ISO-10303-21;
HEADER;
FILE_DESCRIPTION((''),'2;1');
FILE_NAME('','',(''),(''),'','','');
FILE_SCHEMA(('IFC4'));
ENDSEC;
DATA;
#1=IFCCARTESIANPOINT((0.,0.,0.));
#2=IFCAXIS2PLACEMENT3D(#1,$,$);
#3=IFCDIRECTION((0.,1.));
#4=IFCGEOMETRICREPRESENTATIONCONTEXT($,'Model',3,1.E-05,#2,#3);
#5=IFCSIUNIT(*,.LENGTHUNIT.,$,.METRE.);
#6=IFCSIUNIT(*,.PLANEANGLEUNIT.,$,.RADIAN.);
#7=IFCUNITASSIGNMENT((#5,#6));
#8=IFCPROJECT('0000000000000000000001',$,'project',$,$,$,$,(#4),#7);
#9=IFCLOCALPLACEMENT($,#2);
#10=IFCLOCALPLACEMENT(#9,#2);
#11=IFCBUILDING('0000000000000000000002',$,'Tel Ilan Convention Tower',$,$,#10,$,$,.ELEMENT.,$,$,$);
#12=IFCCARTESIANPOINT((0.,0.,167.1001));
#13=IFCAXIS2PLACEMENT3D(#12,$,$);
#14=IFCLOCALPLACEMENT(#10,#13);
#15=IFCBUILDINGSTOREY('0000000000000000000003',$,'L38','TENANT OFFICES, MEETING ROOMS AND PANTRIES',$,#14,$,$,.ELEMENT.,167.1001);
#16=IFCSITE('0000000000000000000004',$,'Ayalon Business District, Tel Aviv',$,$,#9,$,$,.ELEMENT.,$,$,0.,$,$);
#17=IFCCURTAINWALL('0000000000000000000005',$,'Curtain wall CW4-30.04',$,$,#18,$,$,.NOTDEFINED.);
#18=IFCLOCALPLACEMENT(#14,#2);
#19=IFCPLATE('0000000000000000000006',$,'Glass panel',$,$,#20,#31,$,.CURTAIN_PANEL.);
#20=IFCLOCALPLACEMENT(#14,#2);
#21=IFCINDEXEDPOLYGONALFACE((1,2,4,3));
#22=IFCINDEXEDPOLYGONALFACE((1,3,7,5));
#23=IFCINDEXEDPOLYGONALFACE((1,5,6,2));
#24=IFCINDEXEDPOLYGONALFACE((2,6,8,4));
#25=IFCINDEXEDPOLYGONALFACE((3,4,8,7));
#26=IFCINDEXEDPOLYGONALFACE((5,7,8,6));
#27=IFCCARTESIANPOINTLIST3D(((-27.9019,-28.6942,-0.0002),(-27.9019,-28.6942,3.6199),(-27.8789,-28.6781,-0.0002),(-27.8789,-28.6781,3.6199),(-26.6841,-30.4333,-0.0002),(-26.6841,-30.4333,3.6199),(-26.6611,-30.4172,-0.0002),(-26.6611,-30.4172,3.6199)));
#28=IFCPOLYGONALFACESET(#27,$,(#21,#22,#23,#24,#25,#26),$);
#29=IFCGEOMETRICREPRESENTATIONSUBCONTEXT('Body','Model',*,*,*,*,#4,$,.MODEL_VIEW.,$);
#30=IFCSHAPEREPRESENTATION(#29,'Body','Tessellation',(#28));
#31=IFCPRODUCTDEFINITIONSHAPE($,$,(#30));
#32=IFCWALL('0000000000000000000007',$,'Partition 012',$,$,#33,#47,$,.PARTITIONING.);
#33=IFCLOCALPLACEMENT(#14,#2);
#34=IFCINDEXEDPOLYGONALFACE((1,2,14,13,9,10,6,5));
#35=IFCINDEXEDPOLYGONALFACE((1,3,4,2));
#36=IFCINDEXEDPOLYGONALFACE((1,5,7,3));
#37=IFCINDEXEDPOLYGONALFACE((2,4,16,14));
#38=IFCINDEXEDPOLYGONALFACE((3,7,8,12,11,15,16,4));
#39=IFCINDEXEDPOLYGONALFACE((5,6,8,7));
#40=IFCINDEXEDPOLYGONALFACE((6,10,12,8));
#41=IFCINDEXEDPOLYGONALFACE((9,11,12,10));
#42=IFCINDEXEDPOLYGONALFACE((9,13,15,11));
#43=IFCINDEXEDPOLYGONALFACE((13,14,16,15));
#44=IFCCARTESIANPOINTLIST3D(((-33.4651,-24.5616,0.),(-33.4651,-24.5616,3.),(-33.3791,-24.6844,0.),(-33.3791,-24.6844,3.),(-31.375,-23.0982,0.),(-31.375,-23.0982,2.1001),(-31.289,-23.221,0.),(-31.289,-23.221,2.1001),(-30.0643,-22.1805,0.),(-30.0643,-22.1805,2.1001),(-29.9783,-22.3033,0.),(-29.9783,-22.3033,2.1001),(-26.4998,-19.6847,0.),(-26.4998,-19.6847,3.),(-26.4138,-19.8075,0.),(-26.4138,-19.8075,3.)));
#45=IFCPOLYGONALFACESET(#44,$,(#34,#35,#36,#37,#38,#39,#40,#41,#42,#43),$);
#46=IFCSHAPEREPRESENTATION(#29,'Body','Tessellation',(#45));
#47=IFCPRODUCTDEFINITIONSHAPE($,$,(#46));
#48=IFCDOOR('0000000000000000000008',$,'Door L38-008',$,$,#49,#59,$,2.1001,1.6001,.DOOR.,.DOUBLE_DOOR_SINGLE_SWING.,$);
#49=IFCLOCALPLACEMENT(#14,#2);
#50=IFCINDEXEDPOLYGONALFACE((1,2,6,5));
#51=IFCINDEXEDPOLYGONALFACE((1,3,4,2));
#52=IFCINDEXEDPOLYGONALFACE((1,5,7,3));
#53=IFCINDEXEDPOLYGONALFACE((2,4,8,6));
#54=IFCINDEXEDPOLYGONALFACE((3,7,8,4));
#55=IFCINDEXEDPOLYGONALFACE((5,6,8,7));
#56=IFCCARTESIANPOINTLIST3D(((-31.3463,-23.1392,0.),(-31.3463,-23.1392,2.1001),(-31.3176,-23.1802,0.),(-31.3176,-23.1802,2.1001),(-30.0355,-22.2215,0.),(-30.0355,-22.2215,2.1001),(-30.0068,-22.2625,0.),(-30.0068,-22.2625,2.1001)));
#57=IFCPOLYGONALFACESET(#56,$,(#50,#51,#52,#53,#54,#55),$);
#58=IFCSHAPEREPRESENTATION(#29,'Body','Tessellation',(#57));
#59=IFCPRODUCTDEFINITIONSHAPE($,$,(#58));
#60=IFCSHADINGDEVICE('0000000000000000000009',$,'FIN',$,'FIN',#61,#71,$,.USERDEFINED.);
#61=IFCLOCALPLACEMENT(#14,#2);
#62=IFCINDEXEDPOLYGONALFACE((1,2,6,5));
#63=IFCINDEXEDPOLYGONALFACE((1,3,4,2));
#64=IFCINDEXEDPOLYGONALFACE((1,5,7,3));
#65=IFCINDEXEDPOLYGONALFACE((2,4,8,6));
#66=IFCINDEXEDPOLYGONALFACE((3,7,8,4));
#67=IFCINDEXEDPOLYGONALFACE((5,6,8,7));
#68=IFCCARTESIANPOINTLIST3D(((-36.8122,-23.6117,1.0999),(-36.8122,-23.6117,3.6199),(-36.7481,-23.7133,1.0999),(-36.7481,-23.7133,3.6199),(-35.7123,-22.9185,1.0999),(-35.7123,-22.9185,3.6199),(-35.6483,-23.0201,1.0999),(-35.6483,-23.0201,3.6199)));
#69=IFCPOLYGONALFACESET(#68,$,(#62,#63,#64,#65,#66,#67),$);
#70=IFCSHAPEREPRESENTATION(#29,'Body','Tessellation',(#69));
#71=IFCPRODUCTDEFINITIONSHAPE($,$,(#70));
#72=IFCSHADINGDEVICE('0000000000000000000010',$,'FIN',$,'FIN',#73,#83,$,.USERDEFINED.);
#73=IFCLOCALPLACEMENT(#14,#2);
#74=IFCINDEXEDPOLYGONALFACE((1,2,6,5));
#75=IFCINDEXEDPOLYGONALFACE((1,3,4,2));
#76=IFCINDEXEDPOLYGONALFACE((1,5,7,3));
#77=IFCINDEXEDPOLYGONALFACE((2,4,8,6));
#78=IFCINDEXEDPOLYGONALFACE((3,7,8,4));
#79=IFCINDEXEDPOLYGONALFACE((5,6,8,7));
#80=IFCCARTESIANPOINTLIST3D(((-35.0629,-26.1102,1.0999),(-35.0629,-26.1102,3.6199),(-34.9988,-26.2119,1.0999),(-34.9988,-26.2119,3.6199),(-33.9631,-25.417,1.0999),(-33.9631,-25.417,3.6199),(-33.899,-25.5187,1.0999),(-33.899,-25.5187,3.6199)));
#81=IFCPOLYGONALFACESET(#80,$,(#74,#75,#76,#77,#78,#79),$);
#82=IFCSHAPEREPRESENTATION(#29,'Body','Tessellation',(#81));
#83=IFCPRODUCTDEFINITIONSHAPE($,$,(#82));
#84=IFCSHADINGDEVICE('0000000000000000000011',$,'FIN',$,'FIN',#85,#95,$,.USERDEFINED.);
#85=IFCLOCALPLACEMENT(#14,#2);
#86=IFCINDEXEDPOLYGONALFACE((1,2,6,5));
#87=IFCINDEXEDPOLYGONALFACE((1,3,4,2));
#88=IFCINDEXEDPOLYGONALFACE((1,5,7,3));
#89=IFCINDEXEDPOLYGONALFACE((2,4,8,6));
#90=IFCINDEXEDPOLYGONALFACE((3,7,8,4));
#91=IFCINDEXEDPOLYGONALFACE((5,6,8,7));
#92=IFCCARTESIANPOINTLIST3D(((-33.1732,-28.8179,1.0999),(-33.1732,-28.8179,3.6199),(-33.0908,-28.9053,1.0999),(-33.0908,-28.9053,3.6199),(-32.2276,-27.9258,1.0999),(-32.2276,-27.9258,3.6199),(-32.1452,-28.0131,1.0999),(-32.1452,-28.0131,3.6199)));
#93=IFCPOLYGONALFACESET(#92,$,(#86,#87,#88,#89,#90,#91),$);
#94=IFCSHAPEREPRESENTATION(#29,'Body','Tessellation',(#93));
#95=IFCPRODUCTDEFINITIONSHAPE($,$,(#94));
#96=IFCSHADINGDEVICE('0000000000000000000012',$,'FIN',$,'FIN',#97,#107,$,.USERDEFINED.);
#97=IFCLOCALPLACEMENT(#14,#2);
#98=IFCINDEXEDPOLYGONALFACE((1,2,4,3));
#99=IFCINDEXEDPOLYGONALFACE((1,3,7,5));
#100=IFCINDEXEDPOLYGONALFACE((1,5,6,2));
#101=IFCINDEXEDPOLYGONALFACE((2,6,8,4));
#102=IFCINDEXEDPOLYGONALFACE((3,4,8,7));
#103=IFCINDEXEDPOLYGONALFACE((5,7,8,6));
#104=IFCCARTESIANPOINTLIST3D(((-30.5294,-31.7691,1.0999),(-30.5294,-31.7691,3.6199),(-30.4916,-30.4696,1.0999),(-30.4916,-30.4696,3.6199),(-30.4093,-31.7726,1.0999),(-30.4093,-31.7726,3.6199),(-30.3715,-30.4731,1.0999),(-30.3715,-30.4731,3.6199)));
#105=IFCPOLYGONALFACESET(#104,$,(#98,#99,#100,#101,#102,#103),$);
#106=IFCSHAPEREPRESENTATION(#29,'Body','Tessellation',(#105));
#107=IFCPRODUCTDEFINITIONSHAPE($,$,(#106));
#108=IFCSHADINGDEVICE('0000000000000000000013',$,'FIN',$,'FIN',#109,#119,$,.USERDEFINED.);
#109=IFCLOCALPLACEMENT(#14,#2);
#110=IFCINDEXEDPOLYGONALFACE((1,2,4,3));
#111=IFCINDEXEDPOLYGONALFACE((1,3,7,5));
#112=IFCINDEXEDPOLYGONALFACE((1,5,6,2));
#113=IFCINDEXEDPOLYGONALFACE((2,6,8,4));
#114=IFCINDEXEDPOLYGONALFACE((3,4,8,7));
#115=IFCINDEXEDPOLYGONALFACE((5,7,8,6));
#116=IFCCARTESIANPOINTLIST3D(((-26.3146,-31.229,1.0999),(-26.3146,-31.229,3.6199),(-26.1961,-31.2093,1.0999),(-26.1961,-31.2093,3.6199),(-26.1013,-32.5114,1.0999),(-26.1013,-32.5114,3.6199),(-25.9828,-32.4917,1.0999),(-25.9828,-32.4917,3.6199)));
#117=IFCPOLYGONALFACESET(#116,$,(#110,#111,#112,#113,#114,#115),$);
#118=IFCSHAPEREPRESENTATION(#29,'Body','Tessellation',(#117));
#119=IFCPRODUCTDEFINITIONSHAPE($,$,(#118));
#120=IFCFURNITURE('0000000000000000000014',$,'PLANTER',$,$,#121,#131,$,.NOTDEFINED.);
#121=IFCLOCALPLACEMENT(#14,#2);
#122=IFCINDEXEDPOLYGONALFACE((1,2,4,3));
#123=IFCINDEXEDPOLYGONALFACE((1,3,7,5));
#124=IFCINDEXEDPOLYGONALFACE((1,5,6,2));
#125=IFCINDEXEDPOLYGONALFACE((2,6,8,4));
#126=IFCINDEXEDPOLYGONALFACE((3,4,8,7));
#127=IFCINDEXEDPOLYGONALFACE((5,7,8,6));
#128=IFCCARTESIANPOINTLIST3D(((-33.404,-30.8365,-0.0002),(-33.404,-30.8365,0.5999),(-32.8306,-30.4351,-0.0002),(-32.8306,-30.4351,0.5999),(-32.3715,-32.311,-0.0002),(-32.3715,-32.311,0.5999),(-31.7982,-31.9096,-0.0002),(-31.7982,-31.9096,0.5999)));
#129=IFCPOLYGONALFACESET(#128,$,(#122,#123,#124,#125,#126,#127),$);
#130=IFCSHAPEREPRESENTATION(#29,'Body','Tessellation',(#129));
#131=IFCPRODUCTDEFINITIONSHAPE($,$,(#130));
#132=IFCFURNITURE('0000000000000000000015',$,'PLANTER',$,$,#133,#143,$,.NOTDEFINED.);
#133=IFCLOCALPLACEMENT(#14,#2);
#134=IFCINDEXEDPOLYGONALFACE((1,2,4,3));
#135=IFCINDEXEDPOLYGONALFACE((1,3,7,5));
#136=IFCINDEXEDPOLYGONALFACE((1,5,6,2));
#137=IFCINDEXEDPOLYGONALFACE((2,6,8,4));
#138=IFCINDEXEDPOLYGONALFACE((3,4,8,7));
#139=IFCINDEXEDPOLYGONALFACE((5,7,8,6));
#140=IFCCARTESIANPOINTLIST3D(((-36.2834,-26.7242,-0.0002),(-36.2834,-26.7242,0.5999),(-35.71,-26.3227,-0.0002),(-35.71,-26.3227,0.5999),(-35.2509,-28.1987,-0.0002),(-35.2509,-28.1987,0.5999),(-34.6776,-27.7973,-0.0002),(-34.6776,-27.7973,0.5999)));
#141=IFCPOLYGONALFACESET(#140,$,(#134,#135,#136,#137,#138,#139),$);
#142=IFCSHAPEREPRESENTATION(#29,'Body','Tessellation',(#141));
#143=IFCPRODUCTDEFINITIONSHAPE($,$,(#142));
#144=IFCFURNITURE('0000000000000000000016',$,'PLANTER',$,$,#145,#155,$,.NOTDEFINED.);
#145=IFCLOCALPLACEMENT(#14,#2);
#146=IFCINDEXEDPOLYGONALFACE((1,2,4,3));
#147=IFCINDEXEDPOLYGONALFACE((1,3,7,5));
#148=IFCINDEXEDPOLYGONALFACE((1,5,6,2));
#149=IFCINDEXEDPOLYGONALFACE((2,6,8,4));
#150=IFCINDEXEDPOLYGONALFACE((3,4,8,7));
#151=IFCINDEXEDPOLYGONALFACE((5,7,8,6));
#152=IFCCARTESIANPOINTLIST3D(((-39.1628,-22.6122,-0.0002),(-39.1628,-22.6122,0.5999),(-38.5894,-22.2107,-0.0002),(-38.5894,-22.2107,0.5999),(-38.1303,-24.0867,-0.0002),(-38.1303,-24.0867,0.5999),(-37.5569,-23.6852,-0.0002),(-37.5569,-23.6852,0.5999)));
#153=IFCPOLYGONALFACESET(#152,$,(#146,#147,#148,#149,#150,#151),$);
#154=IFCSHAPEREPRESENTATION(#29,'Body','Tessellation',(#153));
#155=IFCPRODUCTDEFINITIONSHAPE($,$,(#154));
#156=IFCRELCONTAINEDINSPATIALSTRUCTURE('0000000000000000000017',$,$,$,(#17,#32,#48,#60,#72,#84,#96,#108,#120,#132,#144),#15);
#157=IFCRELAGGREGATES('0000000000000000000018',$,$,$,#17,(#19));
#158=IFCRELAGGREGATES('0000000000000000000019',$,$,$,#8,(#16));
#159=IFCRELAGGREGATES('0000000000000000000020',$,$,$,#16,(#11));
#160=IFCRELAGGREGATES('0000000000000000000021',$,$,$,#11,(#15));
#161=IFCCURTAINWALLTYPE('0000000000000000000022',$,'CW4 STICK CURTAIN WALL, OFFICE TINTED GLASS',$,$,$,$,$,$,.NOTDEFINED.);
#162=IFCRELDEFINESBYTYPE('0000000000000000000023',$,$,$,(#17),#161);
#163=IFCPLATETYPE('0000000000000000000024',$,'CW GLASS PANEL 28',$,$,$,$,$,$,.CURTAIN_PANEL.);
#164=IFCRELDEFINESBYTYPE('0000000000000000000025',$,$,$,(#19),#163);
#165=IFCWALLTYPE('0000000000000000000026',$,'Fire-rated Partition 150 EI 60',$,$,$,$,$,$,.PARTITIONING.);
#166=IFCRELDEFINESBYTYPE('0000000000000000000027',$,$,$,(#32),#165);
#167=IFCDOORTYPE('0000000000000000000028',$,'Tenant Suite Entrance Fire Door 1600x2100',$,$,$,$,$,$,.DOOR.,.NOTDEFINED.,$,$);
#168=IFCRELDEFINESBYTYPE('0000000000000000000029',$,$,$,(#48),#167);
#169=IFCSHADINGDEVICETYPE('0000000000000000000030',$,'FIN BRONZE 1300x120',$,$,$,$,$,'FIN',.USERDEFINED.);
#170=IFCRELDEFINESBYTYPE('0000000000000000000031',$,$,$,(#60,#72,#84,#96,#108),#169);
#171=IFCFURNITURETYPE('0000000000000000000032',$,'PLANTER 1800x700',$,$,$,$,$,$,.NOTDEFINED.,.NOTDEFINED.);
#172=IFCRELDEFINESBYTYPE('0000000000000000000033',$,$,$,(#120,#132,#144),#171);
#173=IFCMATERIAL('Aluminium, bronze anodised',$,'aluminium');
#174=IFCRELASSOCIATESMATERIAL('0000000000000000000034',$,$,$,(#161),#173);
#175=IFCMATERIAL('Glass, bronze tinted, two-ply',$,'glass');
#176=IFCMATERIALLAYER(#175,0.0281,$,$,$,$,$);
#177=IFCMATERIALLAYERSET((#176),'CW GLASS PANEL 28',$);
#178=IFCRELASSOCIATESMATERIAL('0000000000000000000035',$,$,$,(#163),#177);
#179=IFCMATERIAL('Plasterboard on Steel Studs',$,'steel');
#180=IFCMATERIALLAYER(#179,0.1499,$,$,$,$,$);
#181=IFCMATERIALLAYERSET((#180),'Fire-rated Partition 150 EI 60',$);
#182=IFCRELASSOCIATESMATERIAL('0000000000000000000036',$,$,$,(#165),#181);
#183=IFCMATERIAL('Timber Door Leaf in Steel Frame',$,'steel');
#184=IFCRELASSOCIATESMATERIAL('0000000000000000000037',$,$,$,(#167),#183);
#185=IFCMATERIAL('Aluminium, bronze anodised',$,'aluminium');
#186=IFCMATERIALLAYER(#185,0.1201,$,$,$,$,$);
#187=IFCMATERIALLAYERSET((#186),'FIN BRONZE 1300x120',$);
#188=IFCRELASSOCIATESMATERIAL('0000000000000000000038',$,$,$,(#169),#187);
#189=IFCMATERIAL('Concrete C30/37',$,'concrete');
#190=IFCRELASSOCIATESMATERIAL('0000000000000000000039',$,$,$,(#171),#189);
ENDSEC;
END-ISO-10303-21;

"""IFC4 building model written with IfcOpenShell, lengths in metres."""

from ifc_helpers import new_model, si_unit, direction, frame, frame_2d, origin, origin_2d, place, context, subcontext, project, spatial, rectangle, extrude, material, layer, layer_set, type_object, element, fill, aggregate, save


model = new_model("IFC4")

# Units and contexts
model_context = context("Model", 3, precision=1e-05, world=origin(), true_north=direction((0.0, 1.0)))
body_context = subcontext(model_context, "Body", "Model", "MODEL_VIEW")
ifc_project = project(units=[si_unit("LENGTHUNIT", "METRE"), si_unit("PLANEANGLEUNIT", "RADIAN")], contexts=[model_context])

# Site, building, storey
site_placement = place(None, origin())
site = spatial("IfcSite", under=ifc_project, at=site_placement, Name="Ayalon Business District, Tel Aviv", CompositionType="ELEMENT", RefElevation=0.0)
building_placement = place(site_placement, origin())
building = spatial("IfcBuilding", under=site, at=building_placement, Name="Tel Ilan Convention Tower", CompositionType="ELEMENT")
storey_placement = place(building_placement, frame((0.0, 0.0, 167.1001)))
storey = spatial("IfcBuildingStorey", under=building, at=storey_placement, Name="L38", Description="TENANT OFFICES, MEETING ROOMS AND PANTRIES", CompositionType="ELEMENT", Elevation=167.1001)

# Curtain wall
ifc_material_1 = material(Name="Aluminium, bronze anodised", Category="aluminium")
curtain_wall_type = type_object("IfcCurtainWallType", Name="CW4 STICK CURTAIN WALL, OFFICE TINTED GLASS", PredefinedType="NOTDEFINED", material=ifc_material_1)
curtain_wall_1_placement = place(storey_placement, origin())
curtain_wall_1 = element("IfcCurtainWall", 1, at=curtain_wall_1_placement, inside=storey, type_object=curtain_wall_type, Name="Curtain wall CW4-30.04", PredefinedType="NOTDEFINED")

# Plate
ifc_material_2 = material(Name="Glass, bronze tinted, two-ply", Category="glass")
ifc_layer_1 = layer(ifc_material_2, 0.0281)
ifc_layer_set_1 = layer_set([ifc_layer_1], Name="CW GLASS PANEL 28")
plate_type = type_object("IfcPlateType", Name="CW GLASS PANEL 28", PredefinedType="CURTAIN_PANEL", material=ifc_layer_set_1)
plate_1_placement = place(storey_placement, frame((-27.2815, -29.5557, -0.0002), z_axis=(0.0, 0.0, 1.0), x_axis=(0.573576, -0.819152, 0.0)))
plate_1 = element("IfcPlate", 2, at=plate_1_placement, type_object=plate_type, Name="Glass panel", PredefinedType="CURTAIN_PANEL", context=body_context, shape_type="SweptSolid", body=[
    extrude(rectangle(XDim=2.123, YDim=0.0281, at=origin_2d()), origin(), (0.0, 0.0, 1.0), 3.6201),
])
aggregate(curtain_wall_1, [plate_1])

# Wall, opening, door
ifc_material_3 = material(Name="Plasterboard on Steel Studs", Category="steel")
ifc_layer_2 = layer(ifc_material_3, 0.1499)
ifc_layer_set_2 = layer_set([ifc_layer_2], Name="Fire-rated Partition 150 EI 60")
wall_type_1 = type_object("IfcWallType", Name="Fire-rated Partition 150 EI 60", PredefinedType="PARTITIONING", material=ifc_layer_set_2)
wall_1_placement = place(storey_placement, frame((-33.4221, -24.623, 0.0), z_axis=(0.0, 0.0, 1.0), x_axis=(0.819164, 0.573559, 0.0)))
wall_1 = element("IfcWall", 3, at=wall_1_placement, inside=storey, type_object=wall_type_1, Name="Partition 012", PredefinedType="PARTITIONING", context=body_context, shape_type="SweptSolid", body=[
    extrude(rectangle(XDim=8.5029, YDim=0.1499, at=frame_2d((4.2515, 0.0))), origin(), (0.0, 0.0, 1.0), 3.0),
])
opening_1_placement = place(wall_1_placement, frame((2.5515, 0.0, 0.0)))
opening_1 = element("IfcOpeningElement", 4, at=opening_1_placement, cuts=wall_1, PredefinedType="OPENING", context=body_context, shape_type="SweptSolid", body=[
    extrude(rectangle(XDim=1.6001, YDim=2.1001, at=frame_2d((0.8, 1.05))), frame((0.0, 0.085, 0.0), z_axis=(0.0, -1.0, 0.0), x_axis=(1.0, 0.0, 0.0)), (0.0, 0.0, 1.0), 0.1699),
])
ifc_material_4 = material(Name="Timber Door Leaf in Steel Frame", Category="steel")
door_type_1 = type_object("IfcDoorType", Name="Tenant Suite Entrance Fire Door 1600x2100", OperationType="NOTDEFINED", PredefinedType="DOOR", material=ifc_material_4)
door_1_placement = place(opening_1_placement, origin())
door_1 = element("IfcDoor", 5, at=door_1_placement, inside=storey, type_object=door_type_1, Name="Door L38-008", OperationType="DOUBLE_DOOR_SINGLE_SWING", OverallHeight=2.1001, OverallWidth=1.6001, PredefinedType="DOOR", context=body_context, shape_type="SweptSolid", body=[
    extrude(rectangle(XDim=1.6001, YDim=2.1001, at=frame_2d((0.8, 1.05))), frame((0.0, 0.0249, 0.0), z_axis=(0.0, -1.0, 0.0), x_axis=(1.0, 0.0, 0.0)), (0.0, 0.0, 1.0), 0.05),
])
fill(opening_1, door_1)

# Shading devices
ifc_material_5 = material(Name="Aluminium, bronze anodised", Category="aluminium")
ifc_layer_3 = layer(ifc_material_5, 0.1201)
ifc_layer_set_3 = layer_set([ifc_layer_3], Name="FIN BRONZE 1300x120")
shading_device_type = type_object("IfcShadingDeviceType", Name="FIN BRONZE 1300x120", ElementType="FIN", PredefinedType="USERDEFINED", material=ifc_layer_set_3)
for number, where, z_axis, x_axis, name in (
    (6, (-36.2302, -23.3159, 1.0999), (0.0, 0.0, 1.0), (-0.845986, -0.533204, 0.0), "FIN"),
    (7, (-34.481, -25.8145, 1.0999), (0.0, 0.0, 1.0), (-0.845986, -0.533204, 0.0), "FIN"),
    (8, (-32.6592, -28.4155, 1.0999), (0.0, 0.0, 1.0), (-0.727374, -0.686242, 0.0), "FIN"),
    (9, (-30.4504, -31.1211, 1.0999), (0.0, 0.0, 1.0), (-0.029085, -0.999577, 0.0), "FIN"),
    (10, (-26.1487, -31.8604, 1.0999), (0.0, 0.0, 1.0), (0.164091, -0.986445, 0.0), "FIN"),
):
    element("IfcShadingDevice", number, at=place(storey_placement, frame(where, z_axis=z_axis, x_axis=x_axis)), inside=storey, type_object=shading_device_type, Name=name, ObjectType="FIN", PredefinedType="USERDEFINED", context=body_context, shape_type="SweptSolid", body=[
        extrude(rectangle(XDim=1.3, YDim=0.1201, at=origin_2d()), origin(), (0.0, 0.0, 1.0), 2.52),
    ])

# Furniture
ifc_material_6 = material(Name="Concrete C30/37", Category="concrete")
furniture_type = type_object("IfcFurnitureType", Name="PLANTER 1800x700", AssemblyPlace="NOTDEFINED", PredefinedType="NOTDEFINED", material=ifc_material_6)
for number, where, z_axis, x_axis, name in (
    (11, (-32.6011, -31.373, -0.0002), (0.0, 0.0, 1.0), (-0.573576, 0.819152, 0.0), "PLANTER"),
    (12, (-35.4805, -27.2607, -0.0002), (0.0, 0.0, 1.0), (-0.573576, 0.819152, 0.0), "PLANTER"),
    (13, (-38.3599, -23.1487, -0.0002), (0.0, 0.0, 1.0), (-0.573576, 0.819152, 0.0), "PLANTER"),
):
    element("IfcFurniture", number, at=place(storey_placement, frame(where, z_axis=z_axis, x_axis=x_axis)), inside=storey, type_object=furniture_type, Name=name, PredefinedType="NOTDEFINED", context=body_context, shape_type="SweptSolid", body=[
        extrude(rectangle(XDim=1.8, YDim=0.7, at=origin_2d()), origin(), (0.0, 0.0, 1.0), 0.6001),
    ])

save(model, "model.ifc")
